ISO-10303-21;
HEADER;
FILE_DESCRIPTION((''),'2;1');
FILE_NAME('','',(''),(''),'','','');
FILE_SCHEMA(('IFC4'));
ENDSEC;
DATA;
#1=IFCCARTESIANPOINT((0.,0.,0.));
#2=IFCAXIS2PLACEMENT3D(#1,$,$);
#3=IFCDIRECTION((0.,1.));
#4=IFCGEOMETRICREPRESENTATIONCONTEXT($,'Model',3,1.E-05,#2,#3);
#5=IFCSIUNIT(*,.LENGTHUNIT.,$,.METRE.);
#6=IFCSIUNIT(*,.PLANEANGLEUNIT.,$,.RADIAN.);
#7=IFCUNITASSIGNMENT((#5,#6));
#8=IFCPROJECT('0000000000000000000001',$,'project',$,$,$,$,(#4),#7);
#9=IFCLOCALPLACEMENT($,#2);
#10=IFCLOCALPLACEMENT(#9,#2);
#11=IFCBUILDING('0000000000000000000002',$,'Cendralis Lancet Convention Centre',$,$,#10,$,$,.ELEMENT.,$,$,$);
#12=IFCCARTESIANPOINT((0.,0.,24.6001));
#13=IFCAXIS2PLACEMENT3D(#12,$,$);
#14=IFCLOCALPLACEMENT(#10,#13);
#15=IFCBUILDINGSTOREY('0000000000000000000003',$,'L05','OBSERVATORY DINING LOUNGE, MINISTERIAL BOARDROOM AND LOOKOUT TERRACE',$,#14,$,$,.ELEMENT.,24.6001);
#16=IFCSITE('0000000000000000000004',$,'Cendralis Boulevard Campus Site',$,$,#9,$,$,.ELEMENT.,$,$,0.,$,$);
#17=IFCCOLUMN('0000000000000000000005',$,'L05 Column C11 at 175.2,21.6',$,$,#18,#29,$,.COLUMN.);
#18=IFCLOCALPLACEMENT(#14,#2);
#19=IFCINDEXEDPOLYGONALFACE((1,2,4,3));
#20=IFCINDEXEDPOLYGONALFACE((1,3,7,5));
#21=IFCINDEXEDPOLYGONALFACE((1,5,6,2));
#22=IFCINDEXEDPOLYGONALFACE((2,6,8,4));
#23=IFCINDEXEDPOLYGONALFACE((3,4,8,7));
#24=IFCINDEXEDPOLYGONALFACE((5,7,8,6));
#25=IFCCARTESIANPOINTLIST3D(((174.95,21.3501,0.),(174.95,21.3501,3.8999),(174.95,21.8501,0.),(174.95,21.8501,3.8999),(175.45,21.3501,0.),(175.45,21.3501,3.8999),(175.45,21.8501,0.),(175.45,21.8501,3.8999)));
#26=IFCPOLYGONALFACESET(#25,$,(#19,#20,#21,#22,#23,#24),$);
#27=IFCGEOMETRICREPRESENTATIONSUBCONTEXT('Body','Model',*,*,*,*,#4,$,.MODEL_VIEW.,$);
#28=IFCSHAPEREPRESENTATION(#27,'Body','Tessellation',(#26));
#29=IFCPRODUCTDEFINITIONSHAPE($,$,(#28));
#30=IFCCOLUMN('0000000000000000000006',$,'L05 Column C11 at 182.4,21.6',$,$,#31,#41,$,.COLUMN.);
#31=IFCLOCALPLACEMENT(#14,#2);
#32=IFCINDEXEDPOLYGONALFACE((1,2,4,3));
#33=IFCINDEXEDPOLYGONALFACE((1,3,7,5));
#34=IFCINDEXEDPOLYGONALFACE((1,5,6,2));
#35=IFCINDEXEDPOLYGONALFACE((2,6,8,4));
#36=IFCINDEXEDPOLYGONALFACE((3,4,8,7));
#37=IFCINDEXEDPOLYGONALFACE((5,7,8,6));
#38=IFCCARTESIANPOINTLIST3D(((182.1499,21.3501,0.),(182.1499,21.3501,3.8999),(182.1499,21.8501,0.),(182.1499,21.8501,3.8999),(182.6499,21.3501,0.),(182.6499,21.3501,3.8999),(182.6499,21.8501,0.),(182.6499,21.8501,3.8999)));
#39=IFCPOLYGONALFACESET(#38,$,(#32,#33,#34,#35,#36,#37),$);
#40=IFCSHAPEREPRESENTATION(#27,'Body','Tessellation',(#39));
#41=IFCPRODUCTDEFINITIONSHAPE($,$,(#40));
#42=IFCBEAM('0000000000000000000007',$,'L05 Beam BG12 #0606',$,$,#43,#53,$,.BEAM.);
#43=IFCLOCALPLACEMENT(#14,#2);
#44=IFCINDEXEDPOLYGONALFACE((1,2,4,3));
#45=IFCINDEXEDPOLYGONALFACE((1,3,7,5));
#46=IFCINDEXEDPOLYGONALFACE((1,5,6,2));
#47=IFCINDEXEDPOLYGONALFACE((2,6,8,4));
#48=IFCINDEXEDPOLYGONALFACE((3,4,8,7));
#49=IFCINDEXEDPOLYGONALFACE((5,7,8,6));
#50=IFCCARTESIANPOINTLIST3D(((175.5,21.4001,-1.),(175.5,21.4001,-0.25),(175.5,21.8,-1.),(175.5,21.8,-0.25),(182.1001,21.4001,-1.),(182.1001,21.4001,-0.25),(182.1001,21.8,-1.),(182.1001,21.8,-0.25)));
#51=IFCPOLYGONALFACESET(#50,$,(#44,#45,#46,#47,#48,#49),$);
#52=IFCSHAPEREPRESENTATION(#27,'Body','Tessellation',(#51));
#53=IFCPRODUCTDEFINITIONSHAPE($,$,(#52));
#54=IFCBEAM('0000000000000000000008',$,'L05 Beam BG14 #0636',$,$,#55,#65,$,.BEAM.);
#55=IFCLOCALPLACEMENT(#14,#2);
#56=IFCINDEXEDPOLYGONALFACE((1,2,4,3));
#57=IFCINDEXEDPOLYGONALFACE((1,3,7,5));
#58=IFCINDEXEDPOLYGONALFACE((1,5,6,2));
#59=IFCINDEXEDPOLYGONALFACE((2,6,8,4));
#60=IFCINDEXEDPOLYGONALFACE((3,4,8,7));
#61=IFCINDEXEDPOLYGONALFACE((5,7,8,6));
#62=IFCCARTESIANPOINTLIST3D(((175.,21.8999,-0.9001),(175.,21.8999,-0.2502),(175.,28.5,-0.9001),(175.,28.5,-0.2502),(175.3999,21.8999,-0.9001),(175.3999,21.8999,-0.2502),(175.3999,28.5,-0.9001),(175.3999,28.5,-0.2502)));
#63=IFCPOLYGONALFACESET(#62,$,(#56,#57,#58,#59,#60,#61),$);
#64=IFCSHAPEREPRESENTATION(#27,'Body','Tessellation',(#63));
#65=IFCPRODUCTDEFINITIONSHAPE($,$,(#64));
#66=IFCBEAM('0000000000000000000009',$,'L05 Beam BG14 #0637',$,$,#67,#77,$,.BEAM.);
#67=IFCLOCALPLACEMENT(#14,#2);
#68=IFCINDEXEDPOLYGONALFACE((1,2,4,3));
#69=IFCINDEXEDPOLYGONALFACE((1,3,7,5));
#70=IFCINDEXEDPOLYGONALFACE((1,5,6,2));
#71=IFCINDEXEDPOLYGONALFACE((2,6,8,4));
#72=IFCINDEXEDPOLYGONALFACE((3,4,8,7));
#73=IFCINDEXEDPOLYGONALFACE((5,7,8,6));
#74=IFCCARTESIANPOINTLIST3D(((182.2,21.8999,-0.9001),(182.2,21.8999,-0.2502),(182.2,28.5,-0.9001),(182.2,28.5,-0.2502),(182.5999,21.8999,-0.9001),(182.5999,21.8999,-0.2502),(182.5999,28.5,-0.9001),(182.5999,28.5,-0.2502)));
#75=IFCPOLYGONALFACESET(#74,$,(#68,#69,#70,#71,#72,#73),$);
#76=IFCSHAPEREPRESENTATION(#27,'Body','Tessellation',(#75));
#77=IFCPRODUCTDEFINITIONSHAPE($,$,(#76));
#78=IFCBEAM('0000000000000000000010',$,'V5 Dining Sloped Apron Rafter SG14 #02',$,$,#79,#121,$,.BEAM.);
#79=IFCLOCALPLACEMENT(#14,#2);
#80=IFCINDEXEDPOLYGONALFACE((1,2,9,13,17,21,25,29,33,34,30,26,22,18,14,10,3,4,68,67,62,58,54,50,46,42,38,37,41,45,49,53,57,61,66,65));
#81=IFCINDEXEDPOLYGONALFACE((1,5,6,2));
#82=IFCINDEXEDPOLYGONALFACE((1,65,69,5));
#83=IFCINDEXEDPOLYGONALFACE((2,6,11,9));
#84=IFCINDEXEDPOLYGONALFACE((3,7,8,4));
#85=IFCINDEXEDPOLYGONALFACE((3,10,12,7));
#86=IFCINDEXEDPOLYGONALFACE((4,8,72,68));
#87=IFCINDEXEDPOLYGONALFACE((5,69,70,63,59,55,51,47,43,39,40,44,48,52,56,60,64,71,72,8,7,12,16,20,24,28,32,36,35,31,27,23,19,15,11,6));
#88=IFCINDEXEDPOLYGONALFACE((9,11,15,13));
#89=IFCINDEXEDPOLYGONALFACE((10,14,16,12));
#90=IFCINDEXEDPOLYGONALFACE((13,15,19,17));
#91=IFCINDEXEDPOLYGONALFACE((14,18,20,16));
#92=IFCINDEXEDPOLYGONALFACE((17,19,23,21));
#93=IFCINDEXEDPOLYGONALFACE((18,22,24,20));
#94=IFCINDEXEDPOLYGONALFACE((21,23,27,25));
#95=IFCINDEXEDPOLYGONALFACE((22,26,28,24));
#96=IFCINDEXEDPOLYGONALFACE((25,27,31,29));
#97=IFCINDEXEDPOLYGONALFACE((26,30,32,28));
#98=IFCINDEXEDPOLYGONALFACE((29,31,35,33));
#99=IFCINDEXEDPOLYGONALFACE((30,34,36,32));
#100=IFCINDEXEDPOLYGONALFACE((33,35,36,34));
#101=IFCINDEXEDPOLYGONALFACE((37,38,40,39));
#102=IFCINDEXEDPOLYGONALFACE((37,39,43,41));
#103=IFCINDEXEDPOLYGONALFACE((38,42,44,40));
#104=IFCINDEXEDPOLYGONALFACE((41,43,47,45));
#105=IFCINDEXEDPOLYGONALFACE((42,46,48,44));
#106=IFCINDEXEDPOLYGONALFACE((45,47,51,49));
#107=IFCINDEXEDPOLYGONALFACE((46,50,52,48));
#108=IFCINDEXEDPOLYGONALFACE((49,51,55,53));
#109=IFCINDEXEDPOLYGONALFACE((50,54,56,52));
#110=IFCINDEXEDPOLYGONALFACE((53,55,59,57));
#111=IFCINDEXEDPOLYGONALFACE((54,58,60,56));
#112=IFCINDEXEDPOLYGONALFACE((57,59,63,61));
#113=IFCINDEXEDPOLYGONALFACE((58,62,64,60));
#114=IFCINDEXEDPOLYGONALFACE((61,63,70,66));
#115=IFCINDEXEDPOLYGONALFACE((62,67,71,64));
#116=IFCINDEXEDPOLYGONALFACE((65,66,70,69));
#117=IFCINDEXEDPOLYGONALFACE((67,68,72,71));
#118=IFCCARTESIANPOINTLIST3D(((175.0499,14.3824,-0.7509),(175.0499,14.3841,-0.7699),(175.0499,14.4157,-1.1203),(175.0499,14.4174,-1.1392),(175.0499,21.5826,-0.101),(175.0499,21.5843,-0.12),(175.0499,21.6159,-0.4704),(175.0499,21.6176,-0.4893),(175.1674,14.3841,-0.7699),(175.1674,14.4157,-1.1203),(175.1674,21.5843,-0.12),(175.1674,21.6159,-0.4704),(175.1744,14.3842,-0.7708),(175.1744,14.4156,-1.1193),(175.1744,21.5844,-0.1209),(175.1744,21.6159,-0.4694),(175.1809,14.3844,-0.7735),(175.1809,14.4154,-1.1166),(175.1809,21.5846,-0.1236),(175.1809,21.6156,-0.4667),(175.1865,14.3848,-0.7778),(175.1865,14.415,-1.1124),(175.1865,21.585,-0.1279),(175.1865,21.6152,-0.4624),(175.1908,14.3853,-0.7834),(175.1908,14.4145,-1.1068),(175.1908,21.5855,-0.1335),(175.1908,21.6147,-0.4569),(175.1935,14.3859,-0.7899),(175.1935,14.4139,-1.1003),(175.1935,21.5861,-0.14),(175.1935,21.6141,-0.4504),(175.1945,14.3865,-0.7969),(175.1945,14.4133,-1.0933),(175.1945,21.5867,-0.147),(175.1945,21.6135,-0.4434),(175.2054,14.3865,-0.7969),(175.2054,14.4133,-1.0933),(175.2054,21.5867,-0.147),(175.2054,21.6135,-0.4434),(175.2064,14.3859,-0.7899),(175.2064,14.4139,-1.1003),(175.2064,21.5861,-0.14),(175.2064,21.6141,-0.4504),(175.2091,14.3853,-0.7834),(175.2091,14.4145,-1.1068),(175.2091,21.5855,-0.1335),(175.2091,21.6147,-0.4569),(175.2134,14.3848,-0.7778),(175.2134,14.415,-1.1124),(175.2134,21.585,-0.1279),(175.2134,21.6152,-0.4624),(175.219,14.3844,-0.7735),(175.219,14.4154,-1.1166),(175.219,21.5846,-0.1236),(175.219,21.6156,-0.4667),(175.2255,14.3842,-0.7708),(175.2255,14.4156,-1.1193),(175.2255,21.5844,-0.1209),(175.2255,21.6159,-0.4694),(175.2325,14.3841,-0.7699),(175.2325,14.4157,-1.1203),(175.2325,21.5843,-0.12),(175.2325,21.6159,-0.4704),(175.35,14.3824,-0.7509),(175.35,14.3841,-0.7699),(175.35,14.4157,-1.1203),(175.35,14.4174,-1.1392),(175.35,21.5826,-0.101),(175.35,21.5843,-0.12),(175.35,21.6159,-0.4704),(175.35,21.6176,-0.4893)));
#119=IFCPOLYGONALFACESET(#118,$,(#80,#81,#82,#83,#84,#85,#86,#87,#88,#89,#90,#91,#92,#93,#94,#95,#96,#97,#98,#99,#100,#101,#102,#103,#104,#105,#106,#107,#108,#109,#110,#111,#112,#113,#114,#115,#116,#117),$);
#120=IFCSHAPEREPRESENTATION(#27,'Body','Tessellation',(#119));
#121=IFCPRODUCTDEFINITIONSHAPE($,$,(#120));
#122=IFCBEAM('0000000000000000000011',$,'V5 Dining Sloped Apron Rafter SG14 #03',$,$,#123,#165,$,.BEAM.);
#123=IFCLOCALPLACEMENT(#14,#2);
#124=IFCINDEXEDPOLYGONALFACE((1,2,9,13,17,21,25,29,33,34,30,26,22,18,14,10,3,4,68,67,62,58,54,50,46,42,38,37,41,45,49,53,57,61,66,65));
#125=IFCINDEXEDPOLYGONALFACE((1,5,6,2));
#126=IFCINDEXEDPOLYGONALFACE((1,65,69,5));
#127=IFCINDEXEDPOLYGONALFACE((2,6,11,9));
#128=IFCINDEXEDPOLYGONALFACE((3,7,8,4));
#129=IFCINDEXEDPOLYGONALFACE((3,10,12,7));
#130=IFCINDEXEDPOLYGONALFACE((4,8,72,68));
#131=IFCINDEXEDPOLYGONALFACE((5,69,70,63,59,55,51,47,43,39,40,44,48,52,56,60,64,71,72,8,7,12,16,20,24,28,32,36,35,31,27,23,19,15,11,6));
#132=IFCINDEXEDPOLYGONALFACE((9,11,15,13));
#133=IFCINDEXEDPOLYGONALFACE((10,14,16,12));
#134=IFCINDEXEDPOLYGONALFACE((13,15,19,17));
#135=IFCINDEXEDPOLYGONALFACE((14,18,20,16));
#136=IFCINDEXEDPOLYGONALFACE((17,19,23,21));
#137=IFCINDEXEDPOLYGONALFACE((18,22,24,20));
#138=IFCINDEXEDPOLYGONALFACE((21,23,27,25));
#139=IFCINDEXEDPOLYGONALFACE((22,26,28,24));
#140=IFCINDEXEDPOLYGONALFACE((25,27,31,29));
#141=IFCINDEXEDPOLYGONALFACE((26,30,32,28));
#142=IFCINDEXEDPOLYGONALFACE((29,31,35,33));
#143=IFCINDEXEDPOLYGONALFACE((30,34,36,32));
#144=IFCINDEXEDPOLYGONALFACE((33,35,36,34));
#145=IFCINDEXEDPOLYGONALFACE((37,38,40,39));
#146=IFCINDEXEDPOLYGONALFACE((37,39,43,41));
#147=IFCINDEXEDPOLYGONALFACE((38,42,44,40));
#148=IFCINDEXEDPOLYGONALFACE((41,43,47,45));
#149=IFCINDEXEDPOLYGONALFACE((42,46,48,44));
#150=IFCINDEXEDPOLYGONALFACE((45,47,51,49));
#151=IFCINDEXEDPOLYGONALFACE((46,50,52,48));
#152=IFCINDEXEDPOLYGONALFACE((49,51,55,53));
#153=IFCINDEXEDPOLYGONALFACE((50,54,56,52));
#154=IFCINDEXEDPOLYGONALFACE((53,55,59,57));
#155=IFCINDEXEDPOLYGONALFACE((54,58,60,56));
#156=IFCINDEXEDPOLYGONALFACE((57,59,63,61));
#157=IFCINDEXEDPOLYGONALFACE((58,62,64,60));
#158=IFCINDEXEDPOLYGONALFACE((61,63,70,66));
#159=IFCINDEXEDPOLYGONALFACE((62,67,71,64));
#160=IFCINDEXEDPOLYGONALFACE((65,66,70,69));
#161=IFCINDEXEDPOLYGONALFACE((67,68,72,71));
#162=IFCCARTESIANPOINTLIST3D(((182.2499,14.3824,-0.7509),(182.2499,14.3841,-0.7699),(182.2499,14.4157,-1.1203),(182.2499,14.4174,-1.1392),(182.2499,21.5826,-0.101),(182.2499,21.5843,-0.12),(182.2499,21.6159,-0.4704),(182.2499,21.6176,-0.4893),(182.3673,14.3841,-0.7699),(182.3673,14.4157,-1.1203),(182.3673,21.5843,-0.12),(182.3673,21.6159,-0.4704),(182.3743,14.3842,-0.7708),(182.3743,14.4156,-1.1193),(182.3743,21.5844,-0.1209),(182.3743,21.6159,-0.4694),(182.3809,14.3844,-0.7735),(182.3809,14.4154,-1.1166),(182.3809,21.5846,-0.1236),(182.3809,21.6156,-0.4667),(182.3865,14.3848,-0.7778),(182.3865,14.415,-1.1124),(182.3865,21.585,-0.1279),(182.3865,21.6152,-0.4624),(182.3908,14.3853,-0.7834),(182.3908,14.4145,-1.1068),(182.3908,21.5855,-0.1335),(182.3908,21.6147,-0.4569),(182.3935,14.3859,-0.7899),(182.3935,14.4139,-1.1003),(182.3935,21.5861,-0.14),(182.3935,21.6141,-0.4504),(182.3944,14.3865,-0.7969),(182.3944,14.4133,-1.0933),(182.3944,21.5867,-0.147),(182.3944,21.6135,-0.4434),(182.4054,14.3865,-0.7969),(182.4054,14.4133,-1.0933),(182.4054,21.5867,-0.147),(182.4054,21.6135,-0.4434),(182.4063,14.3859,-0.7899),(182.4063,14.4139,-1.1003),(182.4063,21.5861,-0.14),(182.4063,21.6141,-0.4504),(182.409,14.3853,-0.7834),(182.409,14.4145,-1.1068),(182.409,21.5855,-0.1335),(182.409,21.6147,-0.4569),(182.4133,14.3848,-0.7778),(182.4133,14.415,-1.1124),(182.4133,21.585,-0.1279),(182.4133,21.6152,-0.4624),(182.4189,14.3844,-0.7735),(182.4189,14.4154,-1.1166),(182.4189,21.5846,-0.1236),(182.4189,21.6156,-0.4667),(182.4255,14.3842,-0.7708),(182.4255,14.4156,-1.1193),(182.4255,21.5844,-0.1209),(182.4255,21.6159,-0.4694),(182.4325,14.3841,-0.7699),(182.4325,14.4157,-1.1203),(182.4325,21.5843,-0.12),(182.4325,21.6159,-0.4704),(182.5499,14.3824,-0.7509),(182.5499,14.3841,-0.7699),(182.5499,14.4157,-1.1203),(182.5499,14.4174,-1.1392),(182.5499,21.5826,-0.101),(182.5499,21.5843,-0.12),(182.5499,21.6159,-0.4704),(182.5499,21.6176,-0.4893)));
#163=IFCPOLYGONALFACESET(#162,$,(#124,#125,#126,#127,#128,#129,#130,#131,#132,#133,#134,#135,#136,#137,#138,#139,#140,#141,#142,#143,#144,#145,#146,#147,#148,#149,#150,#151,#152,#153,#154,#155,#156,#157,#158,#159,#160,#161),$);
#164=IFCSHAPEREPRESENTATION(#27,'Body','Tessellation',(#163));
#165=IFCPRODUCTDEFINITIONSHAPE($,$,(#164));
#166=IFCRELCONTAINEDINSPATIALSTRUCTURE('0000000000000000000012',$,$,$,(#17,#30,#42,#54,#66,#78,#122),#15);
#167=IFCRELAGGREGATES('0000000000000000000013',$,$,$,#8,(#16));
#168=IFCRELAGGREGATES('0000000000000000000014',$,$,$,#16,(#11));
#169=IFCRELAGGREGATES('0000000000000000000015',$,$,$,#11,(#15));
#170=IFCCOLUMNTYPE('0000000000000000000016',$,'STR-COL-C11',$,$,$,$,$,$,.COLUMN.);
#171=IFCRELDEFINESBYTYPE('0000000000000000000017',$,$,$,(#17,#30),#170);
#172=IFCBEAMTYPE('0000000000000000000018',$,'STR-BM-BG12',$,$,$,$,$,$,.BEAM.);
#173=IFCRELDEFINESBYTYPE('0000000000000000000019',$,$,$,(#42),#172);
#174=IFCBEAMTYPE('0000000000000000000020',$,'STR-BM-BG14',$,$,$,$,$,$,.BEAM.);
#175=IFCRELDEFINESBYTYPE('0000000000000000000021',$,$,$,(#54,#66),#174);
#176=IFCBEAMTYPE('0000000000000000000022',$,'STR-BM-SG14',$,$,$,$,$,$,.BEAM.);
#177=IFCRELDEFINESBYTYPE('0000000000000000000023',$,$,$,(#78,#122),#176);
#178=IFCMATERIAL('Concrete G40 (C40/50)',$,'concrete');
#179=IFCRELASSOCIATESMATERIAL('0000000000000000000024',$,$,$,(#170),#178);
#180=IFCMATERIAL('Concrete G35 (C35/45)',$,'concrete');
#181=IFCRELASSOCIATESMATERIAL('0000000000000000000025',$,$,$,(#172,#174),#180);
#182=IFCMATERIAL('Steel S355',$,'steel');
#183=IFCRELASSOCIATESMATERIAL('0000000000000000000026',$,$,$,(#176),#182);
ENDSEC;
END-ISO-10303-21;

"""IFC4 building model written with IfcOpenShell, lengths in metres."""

from ifc_helpers import new_model, si_unit, direction, frame, origin, origin_2d, place, context, subcontext, project, spatial, rectangle, i_section, extrude, material, material_profile, profile_set, type_object, element, save


model = new_model("IFC4")

# Units and contexts
model_context = context("Model", 3, precision=1e-05, world=origin(), true_north=direction((0.0, 1.0)))
body_context = subcontext(model_context, "Body", "Model", "MODEL_VIEW")
ifc_project = project(units=[si_unit("LENGTHUNIT", "METRE"), si_unit("PLANEANGLEUNIT", "RADIAN")], contexts=[model_context])

# Site, building, storey
site_placement = place(None, origin())
site = spatial("IfcSite", under=ifc_project, at=site_placement, Name="Cendralis Boulevard Campus Site", CompositionType="ELEMENT", RefElevation=0.0)
building_placement = place(site_placement, origin())
building = spatial("IfcBuilding", under=site, at=building_placement, Name="Cendralis Lancet Convention Centre", CompositionType="ELEMENT")
storey_placement = place(building_placement, frame((0.0, 0.0, 24.6001)))
storey = spatial("IfcBuildingStorey", under=building, at=storey_placement, Name="L05", Description="OBSERVATORY DINING LOUNGE, MINISTERIAL BOARDROOM AND LOOKOUT TERRACE", CompositionType="ELEMENT", Elevation=24.6001)

# Columns
ifc_material_1 = material(Name="Concrete G40 (C40/50)", Category="concrete")
ifc_material_profile_1 = material_profile(ifc_material_1, rectangle(XDim=0.5, YDim=0.5, at=origin_2d()), Name="RC 500x500")
ifc_profile_set_1 = profile_set([ifc_material_profile_1], Name="Concrete G40 (C40/50)")
column_type = type_object("IfcColumnType", Name="STR-COL-C11", PredefinedType="COLUMN", material=ifc_profile_set_1)
for number, where, z_axis, x_axis, name in (
    (1, (175.2, 21.6001, 0.0), (0.0, 0.0, 1.0), (1.0, 0.0, 0.0), "L05 Column C11 at 175.2,21.6"),
    (2, (182.3999, 21.6001, 0.0), (0.0, 0.0, 1.0), (1.0, 0.0, 0.0), "L05 Column C11 at 182.4,21.6"),
):
    element("IfcColumn", number, at=place(storey_placement, frame(where, z_axis=z_axis, x_axis=x_axis)), inside=storey, type_object=column_type, Name=name, PredefinedType="COLUMN", context=body_context, shape_type="SweptSolid", body=[
        extrude(rectangle(XDim=0.5, YDim=0.5, at=origin_2d()), origin(), (0.0, 0.0, 1.0), 3.8999),
    ])

# Beams
ifc_material_2 = material(Name="Concrete G35 (C35/45)", Category="concrete")
ifc_material_profile_2 = material_profile(ifc_material_2, rectangle(XDim=0.3999, YDim=0.75, at=origin_2d()), Name="RCB 400x750")
ifc_profile_set_2 = profile_set([ifc_material_profile_2], Name="Concrete G35 (C35/45)")
beam_type_1 = type_object("IfcBeamType", Name="STR-BM-BG12", PredefinedType="BEAM", material=ifc_profile_set_2)
beam_1_placement = place(storey_placement, frame((175.5, 21.6001, -0.625), z_axis=(1.0, 0.0, 0.0), x_axis=(0.0, 1.0, 0.0)))
element("IfcBeam", 3, at=beam_1_placement, inside=storey, type_object=beam_type_1, Name="L05 Beam BG12 #0606", PredefinedType="BEAM", context=body_context, shape_type="SweptSolid", body=[
    extrude(rectangle(XDim=0.3999, YDim=0.75, at=origin_2d()), origin(), (0.0, 0.0, 1.0), 6.6001),
])
ifc_material_profile_3 = material_profile(ifc_material_2, rectangle(XDim=0.3999, YDim=0.6499, at=origin_2d()), Name="RCB 400x650")
ifc_profile_set_3 = profile_set([ifc_material_profile_3], Name="Concrete G35 (C35/45)")
beam_type_2 = type_object("IfcBeamType", Name="STR-BM-BG14", PredefinedType="BEAM", material=ifc_profile_set_3)
for number, where, z_axis, x_axis, name in (
    (4, (175.2, 21.8999, -0.5752), (0.0, 1.0, 0.0), (-1.0, 0.0, 0.0), "L05 Beam BG14 #0636"),
    (5, (182.3999, 21.8999, -0.5752), (0.0, 1.0, 0.0), (-1.0, 0.0, 0.0), "L05 Beam BG14 #0637"),
):
    element("IfcBeam", number, at=place(storey_placement, frame(where, z_axis=z_axis, x_axis=x_axis)), inside=storey, type_object=beam_type_2, Name=name, PredefinedType="BEAM", context=body_context, shape_type="SweptSolid", body=[
        extrude(rectangle(XDim=0.3999, YDim=0.6499, at=origin_2d()), origin(), (0.0, 0.0, 1.0), 6.6001),
    ])
ifc_material_3 = material(Name="Steel S355", Category="steel")
ifc_material_profile_4 = material_profile(ifc_material_3, i_section(OverallWidth=0.3, OverallDepth=0.3899, WebThickness=0.011, FlangeThickness=0.019, FilletRadius=0.0271, at=origin_2d()), Name="HEA 400")
ifc_profile_set_4 = profile_set([ifc_material_profile_4], Name="Steel S355")
beam_type_3 = type_object("IfcBeamType", Name="STR-BM-SG14", PredefinedType="BEAM", material=ifc_profile_set_4)
for number, where, z_axis, x_axis, name in (
    (6, (175.2, 14.3999, -0.9451), (0.0, 0.995951, 0.089896), (-1.0, 0.0, 0.0), "V5 Dining Sloped Apron Rafter SG14 #02"),
    (7, (182.3999, 14.3999, -0.9451), (0.0, 0.995951, 0.089896), (-1.0, 0.0, 0.0), "V5 Dining Sloped Apron Rafter SG14 #03"),
):
    element("IfcBeam", number, at=place(storey_placement, frame(where, z_axis=z_axis, x_axis=x_axis)), inside=storey, type_object=beam_type_3, Name=name, PredefinedType="BEAM", context=body_context, shape_type="SweptSolid", body=[
        extrude(i_section(OverallWidth=0.3, OverallDepth=0.3899, WebThickness=0.011, FlangeThickness=0.019, FilletRadius=0.0271, at=origin_2d()), origin(), (0.0, 0.0, 1.0), 7.2295),
    ])

save(model, "model.ifc")
